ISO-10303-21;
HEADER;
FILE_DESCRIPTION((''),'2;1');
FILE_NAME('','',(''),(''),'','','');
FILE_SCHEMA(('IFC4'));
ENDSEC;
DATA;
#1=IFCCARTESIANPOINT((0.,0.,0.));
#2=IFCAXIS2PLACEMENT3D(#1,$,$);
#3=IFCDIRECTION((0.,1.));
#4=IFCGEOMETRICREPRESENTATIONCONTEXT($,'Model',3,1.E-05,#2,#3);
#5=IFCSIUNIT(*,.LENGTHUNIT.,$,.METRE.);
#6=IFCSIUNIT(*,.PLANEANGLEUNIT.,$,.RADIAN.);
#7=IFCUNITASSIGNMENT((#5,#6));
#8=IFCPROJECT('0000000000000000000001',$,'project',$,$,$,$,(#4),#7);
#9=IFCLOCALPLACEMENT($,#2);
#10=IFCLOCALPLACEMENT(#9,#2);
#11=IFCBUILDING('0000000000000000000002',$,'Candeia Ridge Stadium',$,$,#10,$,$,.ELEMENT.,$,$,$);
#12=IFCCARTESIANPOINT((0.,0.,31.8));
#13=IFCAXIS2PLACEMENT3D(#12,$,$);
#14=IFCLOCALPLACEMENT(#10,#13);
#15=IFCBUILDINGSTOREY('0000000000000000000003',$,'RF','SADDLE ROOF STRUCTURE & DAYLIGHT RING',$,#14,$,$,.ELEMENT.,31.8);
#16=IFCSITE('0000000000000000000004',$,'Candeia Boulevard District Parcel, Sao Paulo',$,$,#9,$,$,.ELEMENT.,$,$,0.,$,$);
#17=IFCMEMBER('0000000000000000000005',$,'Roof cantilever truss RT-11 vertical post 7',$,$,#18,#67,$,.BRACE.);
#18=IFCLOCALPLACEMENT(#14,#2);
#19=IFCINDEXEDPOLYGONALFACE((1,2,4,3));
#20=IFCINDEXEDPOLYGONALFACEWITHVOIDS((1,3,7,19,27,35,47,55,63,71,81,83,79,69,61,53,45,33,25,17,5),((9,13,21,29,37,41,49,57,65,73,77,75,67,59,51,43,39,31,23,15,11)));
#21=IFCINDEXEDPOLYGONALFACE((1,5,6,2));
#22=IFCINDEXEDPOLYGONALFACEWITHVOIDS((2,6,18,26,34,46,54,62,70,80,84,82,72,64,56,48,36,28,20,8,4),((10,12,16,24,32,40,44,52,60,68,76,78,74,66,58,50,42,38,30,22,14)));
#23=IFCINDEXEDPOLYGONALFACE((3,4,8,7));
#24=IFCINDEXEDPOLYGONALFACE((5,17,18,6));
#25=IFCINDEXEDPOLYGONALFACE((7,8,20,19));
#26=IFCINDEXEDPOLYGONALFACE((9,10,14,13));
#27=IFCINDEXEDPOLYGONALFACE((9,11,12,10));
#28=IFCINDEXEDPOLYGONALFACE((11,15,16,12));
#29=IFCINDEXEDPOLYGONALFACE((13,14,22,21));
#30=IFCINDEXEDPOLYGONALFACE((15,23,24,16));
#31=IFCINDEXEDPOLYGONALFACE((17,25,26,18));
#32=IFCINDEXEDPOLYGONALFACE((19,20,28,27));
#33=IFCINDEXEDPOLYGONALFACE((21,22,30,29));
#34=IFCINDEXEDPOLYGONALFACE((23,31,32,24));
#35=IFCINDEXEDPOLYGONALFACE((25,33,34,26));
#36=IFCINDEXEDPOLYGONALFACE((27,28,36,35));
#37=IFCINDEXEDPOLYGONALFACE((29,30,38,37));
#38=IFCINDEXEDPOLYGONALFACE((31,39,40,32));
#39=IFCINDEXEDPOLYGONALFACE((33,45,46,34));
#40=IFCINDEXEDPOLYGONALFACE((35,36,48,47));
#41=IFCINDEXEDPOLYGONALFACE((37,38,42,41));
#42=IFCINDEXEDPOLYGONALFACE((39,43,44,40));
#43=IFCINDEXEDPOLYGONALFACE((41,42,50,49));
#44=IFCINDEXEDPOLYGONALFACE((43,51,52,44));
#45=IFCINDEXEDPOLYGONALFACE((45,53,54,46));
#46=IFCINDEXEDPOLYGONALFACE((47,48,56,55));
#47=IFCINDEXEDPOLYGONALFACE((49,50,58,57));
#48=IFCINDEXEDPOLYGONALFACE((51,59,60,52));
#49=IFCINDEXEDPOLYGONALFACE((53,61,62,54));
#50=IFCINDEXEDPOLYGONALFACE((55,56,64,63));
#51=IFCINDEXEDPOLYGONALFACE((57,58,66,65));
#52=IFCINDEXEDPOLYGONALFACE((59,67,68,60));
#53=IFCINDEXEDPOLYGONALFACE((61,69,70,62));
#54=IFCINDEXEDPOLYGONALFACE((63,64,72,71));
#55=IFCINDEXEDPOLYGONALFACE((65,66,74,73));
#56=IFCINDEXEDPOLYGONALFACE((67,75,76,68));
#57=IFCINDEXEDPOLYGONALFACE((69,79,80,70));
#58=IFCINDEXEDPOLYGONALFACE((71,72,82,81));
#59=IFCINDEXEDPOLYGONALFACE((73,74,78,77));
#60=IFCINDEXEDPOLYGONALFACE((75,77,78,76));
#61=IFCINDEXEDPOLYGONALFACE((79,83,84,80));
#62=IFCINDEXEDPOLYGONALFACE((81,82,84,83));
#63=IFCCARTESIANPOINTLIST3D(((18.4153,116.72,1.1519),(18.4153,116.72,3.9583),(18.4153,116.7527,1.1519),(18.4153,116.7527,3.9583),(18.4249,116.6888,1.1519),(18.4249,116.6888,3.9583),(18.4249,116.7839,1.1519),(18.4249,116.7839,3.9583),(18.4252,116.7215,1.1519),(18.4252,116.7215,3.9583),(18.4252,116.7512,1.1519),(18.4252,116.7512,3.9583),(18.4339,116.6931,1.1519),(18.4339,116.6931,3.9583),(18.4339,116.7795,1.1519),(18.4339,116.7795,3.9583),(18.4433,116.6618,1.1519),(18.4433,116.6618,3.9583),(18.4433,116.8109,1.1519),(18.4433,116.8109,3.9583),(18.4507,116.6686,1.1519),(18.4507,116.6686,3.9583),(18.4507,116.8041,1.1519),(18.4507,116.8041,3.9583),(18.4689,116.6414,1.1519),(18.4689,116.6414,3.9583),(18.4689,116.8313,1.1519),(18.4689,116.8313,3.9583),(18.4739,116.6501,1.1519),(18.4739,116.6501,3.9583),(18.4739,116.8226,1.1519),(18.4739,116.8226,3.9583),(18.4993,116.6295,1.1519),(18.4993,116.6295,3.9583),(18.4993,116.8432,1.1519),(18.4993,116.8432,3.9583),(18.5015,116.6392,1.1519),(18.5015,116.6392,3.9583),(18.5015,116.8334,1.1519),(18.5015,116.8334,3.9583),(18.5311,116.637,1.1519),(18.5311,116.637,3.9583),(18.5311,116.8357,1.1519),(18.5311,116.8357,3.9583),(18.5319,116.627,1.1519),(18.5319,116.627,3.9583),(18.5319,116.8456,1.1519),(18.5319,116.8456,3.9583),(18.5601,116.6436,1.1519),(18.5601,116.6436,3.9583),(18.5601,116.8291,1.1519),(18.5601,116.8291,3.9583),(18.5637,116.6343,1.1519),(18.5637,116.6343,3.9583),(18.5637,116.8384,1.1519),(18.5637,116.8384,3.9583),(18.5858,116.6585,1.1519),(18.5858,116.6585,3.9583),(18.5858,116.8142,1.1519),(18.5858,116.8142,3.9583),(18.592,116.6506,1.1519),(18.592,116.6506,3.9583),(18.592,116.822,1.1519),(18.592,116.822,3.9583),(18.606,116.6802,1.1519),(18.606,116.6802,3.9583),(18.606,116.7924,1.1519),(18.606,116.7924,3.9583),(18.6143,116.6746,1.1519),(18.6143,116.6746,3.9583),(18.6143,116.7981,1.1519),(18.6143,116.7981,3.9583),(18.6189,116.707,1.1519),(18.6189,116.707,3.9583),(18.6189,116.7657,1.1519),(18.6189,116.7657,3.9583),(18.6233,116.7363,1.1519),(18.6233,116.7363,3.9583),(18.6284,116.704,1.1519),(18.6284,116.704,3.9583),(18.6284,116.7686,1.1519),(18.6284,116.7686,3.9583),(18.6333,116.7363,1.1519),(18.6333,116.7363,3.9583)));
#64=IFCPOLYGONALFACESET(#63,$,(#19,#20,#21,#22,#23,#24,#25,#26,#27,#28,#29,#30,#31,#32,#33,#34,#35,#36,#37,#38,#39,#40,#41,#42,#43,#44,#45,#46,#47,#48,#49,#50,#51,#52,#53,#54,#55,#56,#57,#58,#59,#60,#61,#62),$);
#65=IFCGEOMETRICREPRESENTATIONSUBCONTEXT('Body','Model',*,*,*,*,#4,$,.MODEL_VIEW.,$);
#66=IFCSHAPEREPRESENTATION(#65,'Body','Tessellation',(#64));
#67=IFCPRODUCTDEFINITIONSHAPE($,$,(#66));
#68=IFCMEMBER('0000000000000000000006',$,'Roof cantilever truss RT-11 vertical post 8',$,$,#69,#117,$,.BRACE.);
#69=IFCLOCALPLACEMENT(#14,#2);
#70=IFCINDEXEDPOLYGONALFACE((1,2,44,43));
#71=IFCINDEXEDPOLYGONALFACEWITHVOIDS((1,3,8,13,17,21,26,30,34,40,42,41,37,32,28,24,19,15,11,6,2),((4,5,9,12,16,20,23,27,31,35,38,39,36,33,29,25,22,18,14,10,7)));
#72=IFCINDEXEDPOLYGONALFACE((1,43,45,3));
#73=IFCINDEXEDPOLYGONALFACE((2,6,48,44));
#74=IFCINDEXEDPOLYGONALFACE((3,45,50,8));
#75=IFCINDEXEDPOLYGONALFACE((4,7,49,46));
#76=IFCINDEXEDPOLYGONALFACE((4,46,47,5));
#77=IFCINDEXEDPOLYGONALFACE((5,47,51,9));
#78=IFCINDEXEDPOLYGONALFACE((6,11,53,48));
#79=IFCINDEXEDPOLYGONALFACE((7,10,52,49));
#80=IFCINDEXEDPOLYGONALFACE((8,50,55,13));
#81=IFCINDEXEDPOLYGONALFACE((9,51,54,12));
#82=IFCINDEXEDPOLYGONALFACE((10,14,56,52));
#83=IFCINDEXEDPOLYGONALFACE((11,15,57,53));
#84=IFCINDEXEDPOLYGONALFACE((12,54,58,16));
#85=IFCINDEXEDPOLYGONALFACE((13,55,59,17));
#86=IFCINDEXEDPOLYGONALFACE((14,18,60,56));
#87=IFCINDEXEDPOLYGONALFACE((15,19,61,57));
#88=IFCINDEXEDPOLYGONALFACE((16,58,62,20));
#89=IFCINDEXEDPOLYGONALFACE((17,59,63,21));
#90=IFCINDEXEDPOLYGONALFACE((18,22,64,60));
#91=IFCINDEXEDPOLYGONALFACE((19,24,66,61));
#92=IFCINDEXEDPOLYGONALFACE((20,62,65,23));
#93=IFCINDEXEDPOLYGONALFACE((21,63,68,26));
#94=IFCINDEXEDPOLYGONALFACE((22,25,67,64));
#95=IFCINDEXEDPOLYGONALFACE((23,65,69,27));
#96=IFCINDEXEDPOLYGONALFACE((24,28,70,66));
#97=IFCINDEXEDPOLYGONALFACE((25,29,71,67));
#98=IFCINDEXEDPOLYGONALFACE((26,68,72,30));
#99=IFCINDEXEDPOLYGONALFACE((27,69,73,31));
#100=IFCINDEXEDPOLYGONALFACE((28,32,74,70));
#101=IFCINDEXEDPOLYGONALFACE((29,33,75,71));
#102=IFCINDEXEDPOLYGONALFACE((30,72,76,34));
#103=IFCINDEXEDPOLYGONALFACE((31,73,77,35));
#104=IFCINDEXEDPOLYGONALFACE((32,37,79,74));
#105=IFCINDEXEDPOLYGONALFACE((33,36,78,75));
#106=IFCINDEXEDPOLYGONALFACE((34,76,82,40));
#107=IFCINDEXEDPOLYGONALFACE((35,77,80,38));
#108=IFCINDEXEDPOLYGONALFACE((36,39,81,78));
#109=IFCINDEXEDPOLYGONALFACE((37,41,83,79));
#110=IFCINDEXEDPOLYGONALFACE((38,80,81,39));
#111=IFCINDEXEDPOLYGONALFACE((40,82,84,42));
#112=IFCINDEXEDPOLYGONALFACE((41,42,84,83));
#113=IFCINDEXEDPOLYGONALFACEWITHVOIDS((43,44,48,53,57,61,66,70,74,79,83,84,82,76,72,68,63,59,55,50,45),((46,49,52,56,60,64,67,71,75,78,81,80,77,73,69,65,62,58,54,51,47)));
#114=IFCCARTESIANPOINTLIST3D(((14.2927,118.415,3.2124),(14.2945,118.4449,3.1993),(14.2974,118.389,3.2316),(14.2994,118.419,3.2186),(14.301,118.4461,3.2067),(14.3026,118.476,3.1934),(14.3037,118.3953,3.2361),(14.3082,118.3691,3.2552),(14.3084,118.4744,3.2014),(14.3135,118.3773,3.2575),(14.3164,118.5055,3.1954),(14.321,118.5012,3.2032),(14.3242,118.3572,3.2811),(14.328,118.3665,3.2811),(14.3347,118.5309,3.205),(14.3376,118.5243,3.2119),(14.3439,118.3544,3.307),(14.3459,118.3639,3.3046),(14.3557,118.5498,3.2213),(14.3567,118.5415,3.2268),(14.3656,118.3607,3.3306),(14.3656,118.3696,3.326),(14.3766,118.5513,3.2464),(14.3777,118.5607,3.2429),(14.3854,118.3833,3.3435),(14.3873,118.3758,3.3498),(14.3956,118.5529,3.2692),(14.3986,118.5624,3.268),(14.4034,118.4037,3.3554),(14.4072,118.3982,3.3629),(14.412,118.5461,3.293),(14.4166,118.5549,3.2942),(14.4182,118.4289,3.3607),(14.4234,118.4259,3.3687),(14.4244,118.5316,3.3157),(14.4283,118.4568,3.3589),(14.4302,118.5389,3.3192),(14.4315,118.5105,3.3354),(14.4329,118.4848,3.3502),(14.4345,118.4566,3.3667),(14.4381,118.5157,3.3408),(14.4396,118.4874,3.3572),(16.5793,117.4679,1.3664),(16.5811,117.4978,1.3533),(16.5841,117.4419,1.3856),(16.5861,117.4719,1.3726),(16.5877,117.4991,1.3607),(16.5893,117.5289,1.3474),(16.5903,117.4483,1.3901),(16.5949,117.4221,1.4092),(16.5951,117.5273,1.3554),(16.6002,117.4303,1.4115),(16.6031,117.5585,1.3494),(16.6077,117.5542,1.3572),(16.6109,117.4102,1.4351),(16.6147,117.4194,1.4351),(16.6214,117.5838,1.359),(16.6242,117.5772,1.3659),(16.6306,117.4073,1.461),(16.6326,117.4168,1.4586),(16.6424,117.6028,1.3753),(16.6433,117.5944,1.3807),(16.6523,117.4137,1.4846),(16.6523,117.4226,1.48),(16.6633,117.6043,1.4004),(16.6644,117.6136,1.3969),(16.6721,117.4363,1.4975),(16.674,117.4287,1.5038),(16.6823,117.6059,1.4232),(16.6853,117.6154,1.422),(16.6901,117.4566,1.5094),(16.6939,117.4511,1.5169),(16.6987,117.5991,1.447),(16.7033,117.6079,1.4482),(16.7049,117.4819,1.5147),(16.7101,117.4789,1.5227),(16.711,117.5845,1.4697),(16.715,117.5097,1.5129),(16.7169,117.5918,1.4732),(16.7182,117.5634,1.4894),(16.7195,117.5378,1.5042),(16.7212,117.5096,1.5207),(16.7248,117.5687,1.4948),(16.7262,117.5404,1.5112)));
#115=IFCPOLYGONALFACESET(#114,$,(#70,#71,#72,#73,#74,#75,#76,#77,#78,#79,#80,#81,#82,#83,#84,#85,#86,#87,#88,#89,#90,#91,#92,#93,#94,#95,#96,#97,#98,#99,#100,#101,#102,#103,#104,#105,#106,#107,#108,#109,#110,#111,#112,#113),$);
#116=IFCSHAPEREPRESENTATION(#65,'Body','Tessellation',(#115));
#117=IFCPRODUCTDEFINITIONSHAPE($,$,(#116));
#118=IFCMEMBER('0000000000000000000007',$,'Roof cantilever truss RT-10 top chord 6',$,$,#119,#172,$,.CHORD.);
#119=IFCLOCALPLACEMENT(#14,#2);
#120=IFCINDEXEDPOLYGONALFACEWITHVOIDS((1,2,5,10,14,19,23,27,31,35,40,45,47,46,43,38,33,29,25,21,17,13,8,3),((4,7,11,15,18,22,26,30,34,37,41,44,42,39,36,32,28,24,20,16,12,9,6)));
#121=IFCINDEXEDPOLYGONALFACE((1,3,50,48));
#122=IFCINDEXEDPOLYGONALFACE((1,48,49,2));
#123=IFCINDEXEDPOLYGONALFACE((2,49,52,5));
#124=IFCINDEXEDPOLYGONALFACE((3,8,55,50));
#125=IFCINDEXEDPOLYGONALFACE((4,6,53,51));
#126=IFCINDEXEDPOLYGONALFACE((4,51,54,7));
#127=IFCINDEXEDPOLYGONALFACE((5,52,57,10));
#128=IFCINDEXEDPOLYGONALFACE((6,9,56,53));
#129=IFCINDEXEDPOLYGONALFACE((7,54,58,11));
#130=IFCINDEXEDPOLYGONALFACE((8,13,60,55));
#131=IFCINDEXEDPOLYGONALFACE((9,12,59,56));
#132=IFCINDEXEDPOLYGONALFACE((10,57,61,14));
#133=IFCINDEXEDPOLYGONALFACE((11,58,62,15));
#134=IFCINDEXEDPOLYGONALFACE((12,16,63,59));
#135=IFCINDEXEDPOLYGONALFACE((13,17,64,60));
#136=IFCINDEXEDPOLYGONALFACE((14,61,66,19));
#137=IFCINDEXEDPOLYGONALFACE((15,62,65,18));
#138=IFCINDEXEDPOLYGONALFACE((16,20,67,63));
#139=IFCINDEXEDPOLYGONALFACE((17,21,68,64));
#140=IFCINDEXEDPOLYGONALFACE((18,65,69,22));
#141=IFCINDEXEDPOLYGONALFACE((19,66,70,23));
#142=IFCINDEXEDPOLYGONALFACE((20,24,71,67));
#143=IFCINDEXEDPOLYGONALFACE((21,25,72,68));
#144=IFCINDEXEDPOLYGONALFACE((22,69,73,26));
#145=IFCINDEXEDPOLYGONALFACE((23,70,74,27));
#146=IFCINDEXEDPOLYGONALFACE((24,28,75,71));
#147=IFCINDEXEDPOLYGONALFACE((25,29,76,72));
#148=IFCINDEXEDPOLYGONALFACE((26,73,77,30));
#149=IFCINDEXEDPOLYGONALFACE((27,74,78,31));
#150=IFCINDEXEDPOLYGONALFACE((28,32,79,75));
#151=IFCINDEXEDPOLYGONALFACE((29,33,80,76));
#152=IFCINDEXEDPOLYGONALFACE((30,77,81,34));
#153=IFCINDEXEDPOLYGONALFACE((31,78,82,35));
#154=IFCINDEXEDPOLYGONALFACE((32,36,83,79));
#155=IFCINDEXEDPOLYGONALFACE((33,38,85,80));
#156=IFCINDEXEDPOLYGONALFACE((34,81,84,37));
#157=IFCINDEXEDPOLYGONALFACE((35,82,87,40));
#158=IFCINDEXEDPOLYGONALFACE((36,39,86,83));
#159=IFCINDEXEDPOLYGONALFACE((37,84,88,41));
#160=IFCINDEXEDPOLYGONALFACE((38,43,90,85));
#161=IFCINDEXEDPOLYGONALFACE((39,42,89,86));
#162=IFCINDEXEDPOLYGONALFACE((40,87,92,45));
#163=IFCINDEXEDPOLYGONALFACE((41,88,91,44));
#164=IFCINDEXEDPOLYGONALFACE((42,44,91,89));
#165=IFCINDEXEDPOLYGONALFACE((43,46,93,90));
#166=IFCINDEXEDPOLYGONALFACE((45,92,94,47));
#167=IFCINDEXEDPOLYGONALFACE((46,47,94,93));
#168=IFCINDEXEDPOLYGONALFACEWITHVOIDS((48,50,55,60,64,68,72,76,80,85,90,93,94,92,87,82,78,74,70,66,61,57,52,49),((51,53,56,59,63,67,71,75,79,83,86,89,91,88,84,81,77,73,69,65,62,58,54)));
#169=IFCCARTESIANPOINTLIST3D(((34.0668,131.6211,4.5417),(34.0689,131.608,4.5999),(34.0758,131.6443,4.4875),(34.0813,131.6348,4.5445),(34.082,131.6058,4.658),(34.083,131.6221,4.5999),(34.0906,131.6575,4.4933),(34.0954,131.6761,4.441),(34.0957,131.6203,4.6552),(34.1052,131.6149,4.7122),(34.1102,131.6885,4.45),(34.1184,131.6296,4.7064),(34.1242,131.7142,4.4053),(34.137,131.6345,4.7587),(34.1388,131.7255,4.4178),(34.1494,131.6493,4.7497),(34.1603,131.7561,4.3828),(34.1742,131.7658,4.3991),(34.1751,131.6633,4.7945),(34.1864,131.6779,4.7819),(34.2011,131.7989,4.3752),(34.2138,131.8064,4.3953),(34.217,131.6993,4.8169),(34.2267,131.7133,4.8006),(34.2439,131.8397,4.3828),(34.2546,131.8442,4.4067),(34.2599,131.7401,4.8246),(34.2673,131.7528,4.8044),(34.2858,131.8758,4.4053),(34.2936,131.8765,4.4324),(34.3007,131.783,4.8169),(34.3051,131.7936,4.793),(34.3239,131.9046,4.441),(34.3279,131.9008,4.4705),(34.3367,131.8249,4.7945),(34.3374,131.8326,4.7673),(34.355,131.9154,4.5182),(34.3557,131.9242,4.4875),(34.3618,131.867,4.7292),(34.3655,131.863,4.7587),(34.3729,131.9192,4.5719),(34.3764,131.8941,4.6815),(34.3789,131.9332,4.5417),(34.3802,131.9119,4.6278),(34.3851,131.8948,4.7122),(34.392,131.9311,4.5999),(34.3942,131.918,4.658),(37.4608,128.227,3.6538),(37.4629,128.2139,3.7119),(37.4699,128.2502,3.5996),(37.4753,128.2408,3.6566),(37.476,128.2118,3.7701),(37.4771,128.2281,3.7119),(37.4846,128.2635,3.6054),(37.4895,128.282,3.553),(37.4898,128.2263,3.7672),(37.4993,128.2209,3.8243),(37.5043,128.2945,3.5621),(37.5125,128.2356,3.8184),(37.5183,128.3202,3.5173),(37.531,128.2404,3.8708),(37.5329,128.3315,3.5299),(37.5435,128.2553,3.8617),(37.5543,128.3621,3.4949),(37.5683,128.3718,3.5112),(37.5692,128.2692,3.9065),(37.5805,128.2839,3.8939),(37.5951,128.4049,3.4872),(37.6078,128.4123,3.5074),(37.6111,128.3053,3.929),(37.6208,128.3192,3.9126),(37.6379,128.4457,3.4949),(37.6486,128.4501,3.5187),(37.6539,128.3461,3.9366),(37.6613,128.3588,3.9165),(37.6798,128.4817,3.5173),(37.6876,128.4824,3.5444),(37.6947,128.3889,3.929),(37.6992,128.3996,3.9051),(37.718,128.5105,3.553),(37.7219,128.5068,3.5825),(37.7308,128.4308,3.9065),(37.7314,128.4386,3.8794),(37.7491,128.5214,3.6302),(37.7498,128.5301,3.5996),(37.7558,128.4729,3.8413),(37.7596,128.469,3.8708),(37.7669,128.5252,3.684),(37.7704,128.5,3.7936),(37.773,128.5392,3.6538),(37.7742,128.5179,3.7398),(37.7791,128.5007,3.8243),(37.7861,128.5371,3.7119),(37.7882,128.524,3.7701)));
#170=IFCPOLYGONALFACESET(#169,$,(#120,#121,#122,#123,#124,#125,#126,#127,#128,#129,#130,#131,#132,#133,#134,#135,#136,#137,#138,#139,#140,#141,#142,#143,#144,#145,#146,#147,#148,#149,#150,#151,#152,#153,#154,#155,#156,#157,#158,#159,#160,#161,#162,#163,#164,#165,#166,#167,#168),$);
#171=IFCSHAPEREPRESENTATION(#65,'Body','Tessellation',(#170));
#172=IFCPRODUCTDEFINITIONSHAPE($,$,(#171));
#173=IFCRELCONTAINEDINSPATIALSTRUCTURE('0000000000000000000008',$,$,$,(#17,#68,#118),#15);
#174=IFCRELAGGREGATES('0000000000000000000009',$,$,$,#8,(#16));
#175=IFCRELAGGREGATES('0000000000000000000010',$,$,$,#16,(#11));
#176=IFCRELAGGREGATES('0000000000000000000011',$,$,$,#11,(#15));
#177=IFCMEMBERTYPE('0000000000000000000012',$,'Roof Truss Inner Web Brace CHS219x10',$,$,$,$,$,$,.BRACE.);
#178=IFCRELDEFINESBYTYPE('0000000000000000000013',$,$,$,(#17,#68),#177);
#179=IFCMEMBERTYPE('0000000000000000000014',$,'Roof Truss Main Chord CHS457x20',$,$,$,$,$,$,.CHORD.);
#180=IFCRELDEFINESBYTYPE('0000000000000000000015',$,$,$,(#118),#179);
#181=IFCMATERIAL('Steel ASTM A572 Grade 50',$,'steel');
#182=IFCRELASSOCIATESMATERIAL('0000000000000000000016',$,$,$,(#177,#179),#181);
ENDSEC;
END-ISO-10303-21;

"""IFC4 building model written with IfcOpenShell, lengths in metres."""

from ifc_helpers import new_model, si_unit, direction, frame, origin, origin_2d, place, context, subcontext, project, spatial, hollow_circle, extrude, material, material_profile, profile_set, type_object, element, save


model = new_model("IFC4")

# Units and contexts
model_context = context("Model", 3, precision=1e-05, world=origin(), true_north=direction((0.0, 1.0)))
body_context = subcontext(model_context, "Body", "Model", "MODEL_VIEW")
ifc_project = project(units=[si_unit("LENGTHUNIT", "METRE"), si_unit("PLANEANGLEUNIT", "RADIAN")], contexts=[model_context])

# Site, building, storey
site_placement = place(None, origin())
site = spatial("IfcSite", under=ifc_project, at=site_placement, Name="Candeia Boulevard District Parcel, Sao Paulo", CompositionType="ELEMENT", RefElevation=0.0)
building_placement = place(site_placement, origin())
building = spatial("IfcBuilding", under=site, at=building_placement, Name="Candeia Ridge Stadium", CompositionType="ELEMENT")
storey_placement = place(building_placement, frame((0.0, 0.0, 31.8)))
storey = spatial("IfcBuildingStorey", under=building, at=storey_placement, Name="RF", Description="SADDLE ROOF STRUCTURE & DAYLIGHT RING", CompositionType="ELEMENT", Elevation=31.8)

# Shared definitions
ifc_material_1 = material(Name="Steel ASTM A572 Grade 50", Category="steel")

# Members
ifc_material_profile_1 = material_profile(ifc_material_1, hollow_circle(Radius=0.1096, WallThickness=0.01, at=origin_2d()), Name="CHS219x10", Category="steel")
ifc_profile_set_1 = profile_set([ifc_material_profile_1], Name="Steel ASTM A572 Grade 50")
member_type_1 = type_object("IfcMemberType", Name="Roof Truss Inner Web Brace CHS219x10", PredefinedType="BRACE", material=ifc_profile_set_1)
member_1_placement = place(storey_placement, frame((18.5237, 116.7363, 1.1519), z_axis=(0.0, 0.0, 1.0), x_axis=(1.0, 0.0, 0.0)))
element("IfcMember", 1, at=member_1_placement, inside=storey, type_object=member_type_1, Name="Roof cantilever truss RT-11 vertical post 7", PredefinedType="BRACE", context=body_context, shape_type="SweptSolid", body=[
    extrude(hollow_circle(Radius=0.1096, WallThickness=0.01, at=origin_2d()), origin(), (0.0, 0.0, 1.0), 2.8064),
])
member_2_placement = place(storey_placement, frame((16.6528, 117.5115, 1.4351), z_axis=(-0.740592, 0.306722, 0.597867), x_axis=(-0.382639, -0.923898, 0.0)))
element("IfcMember", 2, at=member_2_placement, inside=storey, type_object=member_type_1, Name="Roof cantilever truss RT-11 vertical post 8", PredefinedType="BRACE", context=body_context, shape_type="SweptSolid", body=[
    extrude(hollow_circle(Radius=0.1096, WallThickness=0.01, at=origin_2d()), origin(), (0.0, 0.0, 1.0), 3.0876),
])
ifc_material_profile_2 = material_profile(ifc_material_1, hollow_circle(Radius=0.2285, WallThickness=0.02, at=origin_2d()), Name="CHS457x20", Category="steel")
ifc_profile_set_2 = profile_set([ifc_material_profile_2], Name="Steel ASTM A572 Grade 50")
member_type_2 = type_object("IfcMemberType", Name="Roof Truss Main Chord CHS457x20", PredefinedType="CHORD", material=ifc_profile_set_2)
member_3_placement = place(storey_placement, frame((37.6245, 128.3755, 3.7119), z_axis=(-0.69531, 0.69531, 0.181905), x_axis=(-0.707107, -0.707107, 0.0)))
element("IfcMember", 3, at=member_3_placement, inside=storey, type_object=member_type_2, Name="Roof cantilever truss RT-10 top chord 6", PredefinedType="CHORD", context=body_context, shape_type="SweptSolid", body=[
    extrude(hollow_circle(Radius=0.2285, WallThickness=0.02, at=origin_2d()), origin(), (0.0, 0.0, 1.0), 4.8813),
])

save(model, "model.ifc")
